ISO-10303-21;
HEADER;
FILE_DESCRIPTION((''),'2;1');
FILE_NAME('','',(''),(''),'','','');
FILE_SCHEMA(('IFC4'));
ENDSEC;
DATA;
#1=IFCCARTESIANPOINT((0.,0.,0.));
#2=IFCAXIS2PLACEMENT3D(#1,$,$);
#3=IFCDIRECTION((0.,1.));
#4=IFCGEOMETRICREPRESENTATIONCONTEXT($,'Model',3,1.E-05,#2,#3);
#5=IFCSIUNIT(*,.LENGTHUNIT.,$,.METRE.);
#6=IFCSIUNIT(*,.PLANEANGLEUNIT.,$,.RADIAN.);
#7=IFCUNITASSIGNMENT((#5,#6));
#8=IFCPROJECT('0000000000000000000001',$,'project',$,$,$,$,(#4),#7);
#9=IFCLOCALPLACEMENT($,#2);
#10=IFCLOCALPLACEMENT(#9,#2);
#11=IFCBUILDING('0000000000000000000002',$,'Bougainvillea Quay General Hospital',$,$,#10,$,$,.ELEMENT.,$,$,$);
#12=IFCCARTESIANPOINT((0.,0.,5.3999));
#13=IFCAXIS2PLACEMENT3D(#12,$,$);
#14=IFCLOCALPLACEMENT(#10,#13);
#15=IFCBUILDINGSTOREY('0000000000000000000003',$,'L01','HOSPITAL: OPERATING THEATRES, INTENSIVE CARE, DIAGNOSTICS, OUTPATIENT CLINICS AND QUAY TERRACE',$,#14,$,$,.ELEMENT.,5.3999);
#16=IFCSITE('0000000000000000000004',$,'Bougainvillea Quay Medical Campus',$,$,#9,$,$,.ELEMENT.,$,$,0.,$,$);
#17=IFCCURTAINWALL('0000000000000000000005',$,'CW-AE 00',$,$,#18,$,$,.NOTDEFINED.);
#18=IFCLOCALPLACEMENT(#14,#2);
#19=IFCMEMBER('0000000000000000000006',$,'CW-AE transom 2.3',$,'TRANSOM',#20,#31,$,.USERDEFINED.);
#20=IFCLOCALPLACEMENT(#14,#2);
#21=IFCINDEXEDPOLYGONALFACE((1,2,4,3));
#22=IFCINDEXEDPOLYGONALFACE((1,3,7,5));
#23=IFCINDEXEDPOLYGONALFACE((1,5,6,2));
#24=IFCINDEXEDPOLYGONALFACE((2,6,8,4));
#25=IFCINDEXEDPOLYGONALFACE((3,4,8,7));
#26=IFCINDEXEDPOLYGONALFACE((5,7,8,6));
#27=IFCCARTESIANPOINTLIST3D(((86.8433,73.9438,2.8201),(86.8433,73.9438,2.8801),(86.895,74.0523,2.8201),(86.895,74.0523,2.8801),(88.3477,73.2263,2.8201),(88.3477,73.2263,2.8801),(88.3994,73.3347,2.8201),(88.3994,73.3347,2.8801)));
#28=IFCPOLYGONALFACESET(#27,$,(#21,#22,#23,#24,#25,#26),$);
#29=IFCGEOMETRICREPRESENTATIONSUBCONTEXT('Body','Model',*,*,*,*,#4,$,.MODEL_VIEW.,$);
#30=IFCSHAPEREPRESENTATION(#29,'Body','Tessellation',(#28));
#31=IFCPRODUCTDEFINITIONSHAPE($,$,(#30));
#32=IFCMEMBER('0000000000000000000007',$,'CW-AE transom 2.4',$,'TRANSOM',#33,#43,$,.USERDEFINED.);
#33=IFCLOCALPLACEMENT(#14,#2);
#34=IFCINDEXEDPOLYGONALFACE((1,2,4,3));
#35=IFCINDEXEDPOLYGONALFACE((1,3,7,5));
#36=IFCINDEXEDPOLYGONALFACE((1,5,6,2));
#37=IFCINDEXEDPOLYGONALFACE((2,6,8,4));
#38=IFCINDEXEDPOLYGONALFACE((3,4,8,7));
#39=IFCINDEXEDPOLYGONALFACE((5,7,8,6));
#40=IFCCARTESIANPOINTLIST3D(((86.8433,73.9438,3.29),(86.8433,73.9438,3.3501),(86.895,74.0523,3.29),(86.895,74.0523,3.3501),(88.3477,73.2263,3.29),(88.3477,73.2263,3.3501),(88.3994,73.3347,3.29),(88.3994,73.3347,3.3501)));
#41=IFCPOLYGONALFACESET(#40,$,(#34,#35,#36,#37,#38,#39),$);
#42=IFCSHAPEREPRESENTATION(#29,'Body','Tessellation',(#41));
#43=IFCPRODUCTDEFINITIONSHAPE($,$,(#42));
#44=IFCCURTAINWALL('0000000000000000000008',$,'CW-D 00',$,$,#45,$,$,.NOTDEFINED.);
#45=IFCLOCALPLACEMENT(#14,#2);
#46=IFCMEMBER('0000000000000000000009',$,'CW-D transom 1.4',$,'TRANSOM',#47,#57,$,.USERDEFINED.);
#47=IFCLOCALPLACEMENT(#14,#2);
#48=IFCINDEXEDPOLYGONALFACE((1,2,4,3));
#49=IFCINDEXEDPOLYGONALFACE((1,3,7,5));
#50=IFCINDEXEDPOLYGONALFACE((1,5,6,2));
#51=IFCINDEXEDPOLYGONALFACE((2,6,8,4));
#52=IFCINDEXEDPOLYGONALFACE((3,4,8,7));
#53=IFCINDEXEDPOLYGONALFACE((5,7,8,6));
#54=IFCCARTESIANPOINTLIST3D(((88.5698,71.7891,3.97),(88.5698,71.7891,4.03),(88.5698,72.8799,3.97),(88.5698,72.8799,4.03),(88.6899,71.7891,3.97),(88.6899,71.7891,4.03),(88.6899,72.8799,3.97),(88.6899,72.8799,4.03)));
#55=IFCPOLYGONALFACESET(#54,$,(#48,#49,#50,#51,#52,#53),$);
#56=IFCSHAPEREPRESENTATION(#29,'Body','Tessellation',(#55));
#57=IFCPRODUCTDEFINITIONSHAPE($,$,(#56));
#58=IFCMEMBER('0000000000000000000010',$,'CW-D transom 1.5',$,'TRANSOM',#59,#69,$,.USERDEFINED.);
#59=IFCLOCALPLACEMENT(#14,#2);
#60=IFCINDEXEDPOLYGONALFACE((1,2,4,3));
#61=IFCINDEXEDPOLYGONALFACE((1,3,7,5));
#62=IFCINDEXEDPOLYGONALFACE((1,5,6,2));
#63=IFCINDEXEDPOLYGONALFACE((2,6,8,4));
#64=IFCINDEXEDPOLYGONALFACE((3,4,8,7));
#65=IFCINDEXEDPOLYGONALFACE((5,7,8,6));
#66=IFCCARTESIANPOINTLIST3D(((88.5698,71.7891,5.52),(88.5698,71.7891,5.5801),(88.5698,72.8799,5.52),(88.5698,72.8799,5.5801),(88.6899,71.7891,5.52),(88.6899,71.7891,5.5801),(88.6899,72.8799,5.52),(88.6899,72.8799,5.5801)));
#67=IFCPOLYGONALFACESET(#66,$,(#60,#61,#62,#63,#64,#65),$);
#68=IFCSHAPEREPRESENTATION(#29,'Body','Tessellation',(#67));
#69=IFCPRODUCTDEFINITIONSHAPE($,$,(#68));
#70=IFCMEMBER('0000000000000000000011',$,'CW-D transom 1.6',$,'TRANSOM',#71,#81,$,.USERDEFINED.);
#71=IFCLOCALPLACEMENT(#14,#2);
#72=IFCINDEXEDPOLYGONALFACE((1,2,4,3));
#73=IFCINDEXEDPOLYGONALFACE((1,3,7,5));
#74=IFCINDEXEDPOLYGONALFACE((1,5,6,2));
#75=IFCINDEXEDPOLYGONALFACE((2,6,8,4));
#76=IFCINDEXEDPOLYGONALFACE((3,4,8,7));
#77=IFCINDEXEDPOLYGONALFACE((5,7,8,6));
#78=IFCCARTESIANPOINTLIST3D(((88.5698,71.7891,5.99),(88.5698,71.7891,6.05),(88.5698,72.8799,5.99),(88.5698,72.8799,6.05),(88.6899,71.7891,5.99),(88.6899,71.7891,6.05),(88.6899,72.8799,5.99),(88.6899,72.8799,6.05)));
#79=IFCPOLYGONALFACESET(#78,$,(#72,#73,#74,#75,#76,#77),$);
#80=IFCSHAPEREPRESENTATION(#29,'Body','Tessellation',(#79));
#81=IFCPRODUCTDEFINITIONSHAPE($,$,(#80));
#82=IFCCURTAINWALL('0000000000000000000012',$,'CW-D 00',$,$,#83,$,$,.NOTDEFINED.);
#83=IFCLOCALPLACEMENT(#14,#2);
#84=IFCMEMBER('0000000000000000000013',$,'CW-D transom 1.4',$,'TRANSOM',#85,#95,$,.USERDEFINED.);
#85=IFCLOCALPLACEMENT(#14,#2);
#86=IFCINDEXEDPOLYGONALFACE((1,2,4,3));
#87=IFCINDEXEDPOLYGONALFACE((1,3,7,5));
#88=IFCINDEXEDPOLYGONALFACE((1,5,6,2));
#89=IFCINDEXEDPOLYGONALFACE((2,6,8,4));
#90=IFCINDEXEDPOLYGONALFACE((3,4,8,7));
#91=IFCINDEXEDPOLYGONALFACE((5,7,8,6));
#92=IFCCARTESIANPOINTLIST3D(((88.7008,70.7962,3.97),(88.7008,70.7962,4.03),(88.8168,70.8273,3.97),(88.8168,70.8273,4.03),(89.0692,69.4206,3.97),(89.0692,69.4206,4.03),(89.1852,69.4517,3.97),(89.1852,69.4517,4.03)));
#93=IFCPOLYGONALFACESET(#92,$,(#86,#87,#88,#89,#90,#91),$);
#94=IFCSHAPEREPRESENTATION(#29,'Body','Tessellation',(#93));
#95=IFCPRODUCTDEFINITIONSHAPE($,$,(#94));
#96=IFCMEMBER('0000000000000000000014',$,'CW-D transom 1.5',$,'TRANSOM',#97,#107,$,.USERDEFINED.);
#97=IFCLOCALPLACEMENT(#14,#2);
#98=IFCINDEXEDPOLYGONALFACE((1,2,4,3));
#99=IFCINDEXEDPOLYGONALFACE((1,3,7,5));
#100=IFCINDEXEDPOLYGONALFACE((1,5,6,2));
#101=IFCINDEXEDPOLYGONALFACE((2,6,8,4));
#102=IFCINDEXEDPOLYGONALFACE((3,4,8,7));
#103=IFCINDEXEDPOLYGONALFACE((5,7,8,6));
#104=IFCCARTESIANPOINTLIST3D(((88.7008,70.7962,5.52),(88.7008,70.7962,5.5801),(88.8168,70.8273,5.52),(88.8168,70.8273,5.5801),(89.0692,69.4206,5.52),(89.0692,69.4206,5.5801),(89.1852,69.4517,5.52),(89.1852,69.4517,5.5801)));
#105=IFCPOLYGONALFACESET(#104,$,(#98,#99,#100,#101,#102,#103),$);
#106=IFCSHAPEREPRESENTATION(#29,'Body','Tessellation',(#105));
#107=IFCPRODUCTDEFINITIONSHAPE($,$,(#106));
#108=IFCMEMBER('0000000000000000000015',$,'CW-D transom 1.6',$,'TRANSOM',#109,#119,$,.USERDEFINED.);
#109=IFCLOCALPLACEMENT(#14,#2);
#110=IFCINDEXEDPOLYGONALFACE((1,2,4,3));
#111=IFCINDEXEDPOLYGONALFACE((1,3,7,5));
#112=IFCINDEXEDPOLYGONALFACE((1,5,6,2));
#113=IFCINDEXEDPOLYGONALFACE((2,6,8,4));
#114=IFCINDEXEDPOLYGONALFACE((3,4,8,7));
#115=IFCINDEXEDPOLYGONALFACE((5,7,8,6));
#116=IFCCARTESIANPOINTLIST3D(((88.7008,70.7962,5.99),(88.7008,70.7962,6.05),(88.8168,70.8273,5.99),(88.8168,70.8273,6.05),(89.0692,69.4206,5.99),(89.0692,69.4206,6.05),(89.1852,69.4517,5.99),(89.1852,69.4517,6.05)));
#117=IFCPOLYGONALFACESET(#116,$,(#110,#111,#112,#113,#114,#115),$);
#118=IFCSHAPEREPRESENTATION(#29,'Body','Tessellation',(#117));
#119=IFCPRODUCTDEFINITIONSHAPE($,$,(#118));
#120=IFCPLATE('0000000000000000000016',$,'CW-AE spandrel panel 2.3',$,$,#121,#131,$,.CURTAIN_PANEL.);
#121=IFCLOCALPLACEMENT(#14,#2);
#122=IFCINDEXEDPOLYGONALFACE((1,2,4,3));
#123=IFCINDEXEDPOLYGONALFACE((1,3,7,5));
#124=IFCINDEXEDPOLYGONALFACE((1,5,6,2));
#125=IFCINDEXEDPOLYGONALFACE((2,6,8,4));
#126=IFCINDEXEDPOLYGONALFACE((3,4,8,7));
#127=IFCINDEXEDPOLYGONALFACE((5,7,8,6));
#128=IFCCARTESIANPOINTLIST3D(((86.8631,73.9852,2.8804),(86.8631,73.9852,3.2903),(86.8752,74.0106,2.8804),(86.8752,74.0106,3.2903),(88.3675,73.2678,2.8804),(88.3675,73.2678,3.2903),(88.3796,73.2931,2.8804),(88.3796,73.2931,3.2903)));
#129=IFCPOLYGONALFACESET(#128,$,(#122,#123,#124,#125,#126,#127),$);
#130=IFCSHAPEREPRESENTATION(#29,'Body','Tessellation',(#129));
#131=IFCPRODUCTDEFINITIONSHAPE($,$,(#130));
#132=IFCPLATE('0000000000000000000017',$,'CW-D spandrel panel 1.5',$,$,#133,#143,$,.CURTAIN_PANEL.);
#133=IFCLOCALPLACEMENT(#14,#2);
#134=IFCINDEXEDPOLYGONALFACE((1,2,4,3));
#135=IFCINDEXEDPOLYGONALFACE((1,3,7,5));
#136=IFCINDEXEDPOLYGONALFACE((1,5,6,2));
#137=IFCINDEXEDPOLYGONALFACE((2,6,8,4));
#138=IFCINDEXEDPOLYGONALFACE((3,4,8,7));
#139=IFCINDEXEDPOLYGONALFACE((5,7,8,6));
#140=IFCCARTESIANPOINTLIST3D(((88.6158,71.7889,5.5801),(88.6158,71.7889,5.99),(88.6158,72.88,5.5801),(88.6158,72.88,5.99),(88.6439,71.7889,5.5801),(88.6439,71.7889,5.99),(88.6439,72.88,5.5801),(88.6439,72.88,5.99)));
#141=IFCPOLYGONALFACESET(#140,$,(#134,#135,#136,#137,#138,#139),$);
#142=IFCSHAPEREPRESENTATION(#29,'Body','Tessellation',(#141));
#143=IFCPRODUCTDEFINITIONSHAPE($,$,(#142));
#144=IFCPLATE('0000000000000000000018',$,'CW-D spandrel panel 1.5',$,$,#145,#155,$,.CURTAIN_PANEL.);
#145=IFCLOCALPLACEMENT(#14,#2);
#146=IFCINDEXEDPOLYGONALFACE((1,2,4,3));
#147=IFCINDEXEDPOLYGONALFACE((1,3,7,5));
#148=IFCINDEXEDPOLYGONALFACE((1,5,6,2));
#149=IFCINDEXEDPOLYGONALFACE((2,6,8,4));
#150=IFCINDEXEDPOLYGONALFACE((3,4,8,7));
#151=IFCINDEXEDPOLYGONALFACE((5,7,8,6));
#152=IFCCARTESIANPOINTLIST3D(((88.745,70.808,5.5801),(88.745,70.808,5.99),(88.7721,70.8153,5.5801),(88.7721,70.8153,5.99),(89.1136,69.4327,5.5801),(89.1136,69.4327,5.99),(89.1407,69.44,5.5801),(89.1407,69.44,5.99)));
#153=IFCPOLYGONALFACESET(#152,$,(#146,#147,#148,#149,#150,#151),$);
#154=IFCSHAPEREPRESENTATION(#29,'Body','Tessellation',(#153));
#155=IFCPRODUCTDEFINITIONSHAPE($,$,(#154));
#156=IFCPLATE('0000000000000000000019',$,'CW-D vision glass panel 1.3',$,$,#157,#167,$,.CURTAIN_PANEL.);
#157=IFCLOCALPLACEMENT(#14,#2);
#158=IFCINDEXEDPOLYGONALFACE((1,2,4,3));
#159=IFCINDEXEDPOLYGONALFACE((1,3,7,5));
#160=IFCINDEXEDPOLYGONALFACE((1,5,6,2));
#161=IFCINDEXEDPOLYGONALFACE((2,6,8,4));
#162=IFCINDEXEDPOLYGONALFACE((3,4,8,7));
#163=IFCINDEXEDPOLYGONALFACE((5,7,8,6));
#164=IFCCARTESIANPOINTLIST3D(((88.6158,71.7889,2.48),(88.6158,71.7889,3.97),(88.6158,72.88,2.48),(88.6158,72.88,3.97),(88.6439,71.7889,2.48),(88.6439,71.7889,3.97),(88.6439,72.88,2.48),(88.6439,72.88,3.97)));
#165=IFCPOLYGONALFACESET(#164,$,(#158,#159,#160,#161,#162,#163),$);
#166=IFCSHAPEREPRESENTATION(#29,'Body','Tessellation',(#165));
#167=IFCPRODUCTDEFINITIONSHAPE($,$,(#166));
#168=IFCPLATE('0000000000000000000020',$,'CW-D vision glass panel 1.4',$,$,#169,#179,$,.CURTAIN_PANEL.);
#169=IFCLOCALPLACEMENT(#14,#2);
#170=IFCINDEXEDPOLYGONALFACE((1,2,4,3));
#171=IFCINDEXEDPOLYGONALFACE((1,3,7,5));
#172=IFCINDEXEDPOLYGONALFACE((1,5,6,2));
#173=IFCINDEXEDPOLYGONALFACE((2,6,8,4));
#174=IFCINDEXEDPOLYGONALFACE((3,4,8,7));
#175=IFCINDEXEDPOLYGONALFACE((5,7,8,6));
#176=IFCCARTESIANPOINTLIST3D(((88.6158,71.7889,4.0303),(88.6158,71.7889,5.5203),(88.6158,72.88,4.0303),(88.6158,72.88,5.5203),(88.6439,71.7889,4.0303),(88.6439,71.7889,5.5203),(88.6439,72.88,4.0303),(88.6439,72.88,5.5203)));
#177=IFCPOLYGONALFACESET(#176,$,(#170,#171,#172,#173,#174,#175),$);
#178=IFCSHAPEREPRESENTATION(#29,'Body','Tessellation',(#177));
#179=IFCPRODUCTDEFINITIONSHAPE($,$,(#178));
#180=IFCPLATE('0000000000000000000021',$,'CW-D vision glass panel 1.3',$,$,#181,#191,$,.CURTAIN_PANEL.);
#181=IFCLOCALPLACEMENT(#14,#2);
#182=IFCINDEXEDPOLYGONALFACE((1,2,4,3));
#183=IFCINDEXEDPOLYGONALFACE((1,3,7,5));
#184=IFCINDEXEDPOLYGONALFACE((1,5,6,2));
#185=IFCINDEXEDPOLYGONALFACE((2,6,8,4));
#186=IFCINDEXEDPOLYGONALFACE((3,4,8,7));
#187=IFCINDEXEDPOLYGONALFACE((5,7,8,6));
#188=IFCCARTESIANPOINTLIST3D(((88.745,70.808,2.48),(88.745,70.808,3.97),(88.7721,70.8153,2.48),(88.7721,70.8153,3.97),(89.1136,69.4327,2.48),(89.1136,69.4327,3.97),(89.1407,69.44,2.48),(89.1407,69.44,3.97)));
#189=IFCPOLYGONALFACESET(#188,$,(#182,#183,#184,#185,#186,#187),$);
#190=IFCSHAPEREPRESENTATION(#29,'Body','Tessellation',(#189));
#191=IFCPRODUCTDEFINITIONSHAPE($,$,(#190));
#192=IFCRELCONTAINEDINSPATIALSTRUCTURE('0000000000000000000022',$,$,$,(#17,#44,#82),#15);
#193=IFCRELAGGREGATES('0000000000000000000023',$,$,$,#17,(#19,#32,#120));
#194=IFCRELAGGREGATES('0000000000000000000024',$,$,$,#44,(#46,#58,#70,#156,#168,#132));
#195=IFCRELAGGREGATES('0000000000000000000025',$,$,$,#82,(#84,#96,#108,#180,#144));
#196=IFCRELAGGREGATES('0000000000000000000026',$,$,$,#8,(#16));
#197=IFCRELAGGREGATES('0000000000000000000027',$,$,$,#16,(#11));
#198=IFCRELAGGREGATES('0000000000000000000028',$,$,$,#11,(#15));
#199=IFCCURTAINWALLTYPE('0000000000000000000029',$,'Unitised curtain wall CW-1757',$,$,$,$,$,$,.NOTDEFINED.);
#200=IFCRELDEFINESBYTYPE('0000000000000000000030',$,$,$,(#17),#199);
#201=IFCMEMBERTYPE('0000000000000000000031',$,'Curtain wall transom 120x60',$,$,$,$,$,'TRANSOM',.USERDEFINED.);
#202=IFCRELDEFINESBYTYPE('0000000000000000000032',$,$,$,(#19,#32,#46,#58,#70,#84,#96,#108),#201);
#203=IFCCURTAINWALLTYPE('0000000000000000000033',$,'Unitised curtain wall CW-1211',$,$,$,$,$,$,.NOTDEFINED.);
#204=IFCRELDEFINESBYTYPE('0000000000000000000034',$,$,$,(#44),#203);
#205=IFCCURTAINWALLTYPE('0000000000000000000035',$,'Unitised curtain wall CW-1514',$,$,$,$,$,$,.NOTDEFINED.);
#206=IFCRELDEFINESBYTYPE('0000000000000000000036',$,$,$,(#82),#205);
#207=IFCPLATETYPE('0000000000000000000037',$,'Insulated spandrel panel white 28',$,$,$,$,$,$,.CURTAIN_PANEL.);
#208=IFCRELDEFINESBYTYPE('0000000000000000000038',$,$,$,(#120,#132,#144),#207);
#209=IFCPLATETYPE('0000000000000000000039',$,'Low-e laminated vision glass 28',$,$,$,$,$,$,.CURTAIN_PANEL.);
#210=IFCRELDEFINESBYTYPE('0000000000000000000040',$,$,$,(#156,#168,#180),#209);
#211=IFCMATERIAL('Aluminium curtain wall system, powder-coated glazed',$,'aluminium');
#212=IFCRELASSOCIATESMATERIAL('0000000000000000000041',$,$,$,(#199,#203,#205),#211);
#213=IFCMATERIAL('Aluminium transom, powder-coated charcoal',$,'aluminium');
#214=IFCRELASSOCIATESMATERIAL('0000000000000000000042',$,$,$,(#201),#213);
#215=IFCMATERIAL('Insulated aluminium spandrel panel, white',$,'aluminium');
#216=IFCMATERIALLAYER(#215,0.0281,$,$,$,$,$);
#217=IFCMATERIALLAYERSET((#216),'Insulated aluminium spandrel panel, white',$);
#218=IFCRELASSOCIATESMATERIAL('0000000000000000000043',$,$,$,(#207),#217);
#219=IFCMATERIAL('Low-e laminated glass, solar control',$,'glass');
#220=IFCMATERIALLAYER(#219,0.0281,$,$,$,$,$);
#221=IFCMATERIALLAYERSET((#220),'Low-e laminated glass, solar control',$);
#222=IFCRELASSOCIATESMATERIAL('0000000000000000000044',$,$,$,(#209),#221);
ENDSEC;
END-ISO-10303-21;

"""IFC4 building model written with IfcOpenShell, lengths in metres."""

from ifc_helpers import new_model, si_unit, direction, frame, origin, origin_2d, place, context, subcontext, project, spatial, rectangle, extrude, material, layer, layer_set, material_profile, profile_set, type_object, element, aggregate, save


model = new_model("IFC4")

# Units and contexts
model_context = context("Model", 3, precision=1e-05, world=origin(), true_north=direction((0.0, 1.0)))
body_context = subcontext(model_context, "Body", "Model", "MODEL_VIEW")
ifc_project = project(units=[si_unit("LENGTHUNIT", "METRE"), si_unit("PLANEANGLEUNIT", "RADIAN")], contexts=[model_context])

# Site, building, storey
site_placement = place(None, origin())
site = spatial("IfcSite", under=ifc_project, at=site_placement, Name="Bougainvillea Quay Medical Campus", CompositionType="ELEMENT", RefElevation=0.0)
building_placement = place(site_placement, origin())
building = spatial("IfcBuilding", under=site, at=building_placement, Name="Bougainvillea Quay General Hospital", CompositionType="ELEMENT")
storey_placement = place(building_placement, frame((0.0, 0.0, 5.3999)))
storey = spatial("IfcBuildingStorey", under=building, at=storey_placement, Name="L01", Description="HOSPITAL: OPERATING THEATRES, INTENSIVE CARE, DIAGNOSTICS, OUTPATIENT CLINICS AND QUAY TERRACE", CompositionType="ELEMENT", Elevation=5.3999)

# Curtain walls, members
ifc_material_1 = material(Name="Aluminium curtain wall system, powder-coated glazed", Category="aluminium")
curtain_wall_type_1 = type_object("IfcCurtainWallType", Name="Unitised curtain wall CW-1757", PredefinedType="NOTDEFINED", material=ifc_material_1)
curtain_wall_1_placement = place(storey_placement, origin())
curtain_wall_1 = element("IfcCurtainWall", 1, at=curtain_wall_1_placement, inside=storey, type_object=curtain_wall_type_1, Name="CW-AE 00", PredefinedType="NOTDEFINED")
ifc_material_2 = material(Name="Aluminium transom, powder-coated charcoal", Category="aluminium")
ifc_material_profile_1 = material_profile(ifc_material_2, rectangle(XDim=0.1201, YDim=0.0601, at=origin_2d()))
ifc_profile_set_1 = profile_set([ifc_material_profile_1], Name="Aluminium transom, powder-coated charcoal")
member_type = type_object("IfcMemberType", Name="Curtain wall transom 120x60", ElementType="TRANSOM", PredefinedType="USERDEFINED", material=ifc_profile_set_1)
member_1_placement = place(storey_placement, frame((86.8691, 73.998, 2.8501), z_axis=(0.902592, -0.430496, 0.0), x_axis=(0.430496, 0.902592, 0.0)))
member_1 = element("IfcMember", 2, at=member_1_placement, type_object=member_type, Name="CW-AE transom 2.3", ObjectType="TRANSOM", PredefinedType="USERDEFINED", context=body_context, shape_type="SweptSolid", body=[
    extrude(rectangle(XDim=0.1201, YDim=0.0601, at=origin_2d()), origin(), (0.0, 0.0, 1.0), 1.6667),
])
member_2_placement = place(storey_placement, frame((86.8691, 73.998, 3.3201), z_axis=(0.902592, -0.430496, 0.0), x_axis=(0.430496, 0.902592, 0.0)))
member_2 = element("IfcMember", 3, at=member_2_placement, type_object=member_type, Name="CW-AE transom 2.4", ObjectType="TRANSOM", PredefinedType="USERDEFINED", context=body_context, shape_type="SweptSolid", body=[
    extrude(rectangle(XDim=0.1201, YDim=0.0601, at=origin_2d()), origin(), (0.0, 0.0, 1.0), 1.6667),
])
curtain_wall_type_2 = type_object("IfcCurtainWallType", Name="Unitised curtain wall CW-1211", PredefinedType="NOTDEFINED", material=ifc_material_1)
curtain_wall_2_placement = place(storey_placement, origin())
curtain_wall_2 = element("IfcCurtainWall", 4, at=curtain_wall_2_placement, inside=storey, type_object=curtain_wall_type_2, Name="CW-D 00", PredefinedType="NOTDEFINED")
member_3_placement = place(storey_placement, frame((88.6299, 72.8799, 4.0), z_axis=(0.0, -1.0, 0.0), x_axis=(1.0, 0.0, 0.0)))
member_3 = element("IfcMember", 5, at=member_3_placement, type_object=member_type, Name="CW-D transom 1.4", ObjectType="TRANSOM", PredefinedType="USERDEFINED", context=body_context, shape_type="SweptSolid", body=[
    extrude(rectangle(XDim=0.1201, YDim=0.0601, at=origin_2d()), origin(), (0.0, 0.0, 1.0), 1.0908),
])
member_4_placement = place(storey_placement, frame((88.6299, 72.8799, 5.55), z_axis=(0.0, -1.0, 0.0), x_axis=(1.0, 0.0, 0.0)))
member_4 = element("IfcMember", 6, at=member_4_placement, type_object=member_type, Name="CW-D transom 1.5", ObjectType="TRANSOM", PredefinedType="USERDEFINED", context=body_context, shape_type="SweptSolid", body=[
    extrude(rectangle(XDim=0.1201, YDim=0.0601, at=origin_2d()), origin(), (0.0, 0.0, 1.0), 1.0908),
])
member_5_placement = place(storey_placement, frame((88.6299, 72.8799, 6.02), z_axis=(0.0, -1.0, 0.0), x_axis=(1.0, 0.0, 0.0)))
member_5 = element("IfcMember", 7, at=member_5_placement, type_object=member_type, Name="CW-D transom 1.6", ObjectType="TRANSOM", PredefinedType="USERDEFINED", context=body_context, shape_type="SweptSolid", body=[
    extrude(rectangle(XDim=0.1201, YDim=0.0601, at=origin_2d()), origin(), (0.0, 0.0, 1.0), 1.0908),
])
curtain_wall_type_3 = type_object("IfcCurtainWallType", Name="Unitised curtain wall CW-1514", PredefinedType="NOTDEFINED", material=ifc_material_1)
curtain_wall_3_placement = place(storey_placement, origin())
curtain_wall_3 = element("IfcCurtainWall", 8, at=curtain_wall_3_placement, inside=storey, type_object=curtain_wall_type_3, Name="CW-D 00", PredefinedType="NOTDEFINED")
member_6_placement = place(storey_placement, frame((88.7588, 70.8118, 4.0), z_axis=(0.258719, -0.965953, 0.0), x_axis=(0.965953, 0.258719, 0.0)))
member_6 = element("IfcMember", 9, at=member_6_placement, type_object=member_type, Name="CW-D transom 1.4", ObjectType="TRANSOM", PredefinedType="USERDEFINED", context=body_context, shape_type="SweptSolid", body=[
    extrude(rectangle(XDim=0.1201, YDim=0.0601, at=origin_2d()), origin(), (0.0, 0.0, 1.0), 1.4241),
])
member_7_placement = place(storey_placement, frame((88.7588, 70.8118, 5.55), z_axis=(0.258719, -0.965953, 0.0), x_axis=(0.965953, 0.258719, 0.0)))
member_7 = element("IfcMember", 10, at=member_7_placement, type_object=member_type, Name="CW-D transom 1.5", ObjectType="TRANSOM", PredefinedType="USERDEFINED", context=body_context, shape_type="SweptSolid", body=[
    extrude(rectangle(XDim=0.1201, YDim=0.0601, at=origin_2d()), origin(), (0.0, 0.0, 1.0), 1.4241),
])
member_8_placement = place(storey_placement, frame((88.7588, 70.8118, 6.02), z_axis=(0.258719, -0.965953, 0.0), x_axis=(0.965953, 0.258719, 0.0)))
member_8 = element("IfcMember", 11, at=member_8_placement, type_object=member_type, Name="CW-D transom 1.6", ObjectType="TRANSOM", PredefinedType="USERDEFINED", context=body_context, shape_type="SweptSolid", body=[
    extrude(rectangle(XDim=0.1201, YDim=0.0601, at=origin_2d()), origin(), (0.0, 0.0, 1.0), 1.4241),
])

# Plates
ifc_material_3 = material(Name="Insulated aluminium spandrel panel, white", Category="aluminium")
ifc_layer_1 = layer(ifc_material_3, 0.0281)
ifc_layer_set_1 = layer_set([ifc_layer_1], Name="Insulated aluminium spandrel panel, white")
plate_type_1 = type_object("IfcPlateType", Name="Insulated spandrel panel white 28", PredefinedType="CURTAIN_PANEL", material=ifc_layer_set_1)
plate_1_placement = place(storey_placement, frame((87.6213, 73.6392, 2.8804), z_axis=(0.0, 0.0, 1.0), x_axis=(0.902608, -0.430463, 0.0)))
plate_1 = element("IfcPlate", 12, at=plate_1_placement, type_object=plate_type_1, Name="CW-AE spandrel panel 2.3", PredefinedType="CURTAIN_PANEL", context=body_context, shape_type="SweptSolid", body=[
    extrude(rectangle(XDim=1.6667, YDim=0.0281, at=origin_2d()), origin(), (0.0, 0.0, 1.0), 0.4099),
])
aggregate(curtain_wall_1, [member_1, member_2, plate_1])
plate_2_placement = place(storey_placement, frame((88.6299, 72.3345, 5.5801), z_axis=(0.0, 0.0, 1.0), x_axis=(0.0, -1.0, 0.0)))
plate_2 = element("IfcPlate", 13, at=plate_2_placement, type_object=plate_type_1, Name="CW-D spandrel panel 1.5", PredefinedType="CURTAIN_PANEL", context=body_context, shape_type="SweptSolid", body=[
    extrude(rectangle(XDim=1.0911, YDim=0.0281, at=origin_2d()), origin(), (0.0, 0.0, 1.0), 0.4099),
])
plate_3_placement = place(storey_placement, frame((88.9429, 70.124, 5.5801), z_axis=(0.0, 0.0, 1.0), x_axis=(0.258855, -0.965916, 0.0)))
plate_3 = element("IfcPlate", 14, at=plate_3_placement, type_object=plate_type_1, Name="CW-D spandrel panel 1.5", PredefinedType="CURTAIN_PANEL", context=body_context, shape_type="SweptSolid", body=[
    extrude(rectangle(XDim=1.4238, YDim=0.0281, at=origin_2d()), origin(), (0.0, 0.0, 1.0), 0.4099),
])
ifc_material_4 = material(Name="Low-e laminated glass, solar control", Category="glass")
ifc_layer_2 = layer(ifc_material_4, 0.0281)
ifc_layer_set_2 = layer_set([ifc_layer_2], Name="Low-e laminated glass, solar control")
plate_type_2 = type_object("IfcPlateType", Name="Low-e laminated vision glass 28", PredefinedType="CURTAIN_PANEL", material=ifc_layer_set_2)
plate_4_placement = place(storey_placement, frame((88.6299, 72.3345, 2.48), z_axis=(0.0, 0.0, 1.0), x_axis=(0.0, -1.0, 0.0)))
plate_4 = element("IfcPlate", 15, at=plate_4_placement, type_object=plate_type_2, Name="CW-D vision glass panel 1.3", PredefinedType="CURTAIN_PANEL", context=body_context, shape_type="SweptSolid", body=[
    extrude(rectangle(XDim=1.0911, YDim=0.0281, at=origin_2d()), origin(), (0.0, 0.0, 1.0), 1.49),
])
plate_5_placement = place(storey_placement, frame((88.6299, 72.3345, 4.0303), z_axis=(0.0, 0.0, 1.0), x_axis=(0.0, -1.0, 0.0)))
plate_5 = element("IfcPlate", 16, at=plate_5_placement, type_object=plate_type_2, Name="CW-D vision glass panel 1.4", PredefinedType="CURTAIN_PANEL", context=body_context, shape_type="SweptSolid", body=[
    extrude(rectangle(XDim=1.0911, YDim=0.0281, at=origin_2d()), origin(), (0.0, 0.0, 1.0), 1.49),
])
aggregate(curtain_wall_2, [member_3, member_4, member_5, plate_4, plate_5, plate_2])
plate_6_placement = place(storey_placement, frame((88.9429, 70.124, 2.48), z_axis=(0.0, 0.0, 1.0), x_axis=(0.258855, -0.965916, 0.0)))
plate_6 = element("IfcPlate", 17, at=plate_6_placement, type_object=plate_type_2, Name="CW-D vision glass panel 1.3", PredefinedType="CURTAIN_PANEL", context=body_context, shape_type="SweptSolid", body=[
    extrude(rectangle(XDim=1.4238, YDim=0.0281, at=origin_2d()), origin(), (0.0, 0.0, 1.0), 1.49),
])
aggregate(curtain_wall_3, [member_6, member_7, member_8, plate_6, plate_3])

save(model, "model.ifc")
